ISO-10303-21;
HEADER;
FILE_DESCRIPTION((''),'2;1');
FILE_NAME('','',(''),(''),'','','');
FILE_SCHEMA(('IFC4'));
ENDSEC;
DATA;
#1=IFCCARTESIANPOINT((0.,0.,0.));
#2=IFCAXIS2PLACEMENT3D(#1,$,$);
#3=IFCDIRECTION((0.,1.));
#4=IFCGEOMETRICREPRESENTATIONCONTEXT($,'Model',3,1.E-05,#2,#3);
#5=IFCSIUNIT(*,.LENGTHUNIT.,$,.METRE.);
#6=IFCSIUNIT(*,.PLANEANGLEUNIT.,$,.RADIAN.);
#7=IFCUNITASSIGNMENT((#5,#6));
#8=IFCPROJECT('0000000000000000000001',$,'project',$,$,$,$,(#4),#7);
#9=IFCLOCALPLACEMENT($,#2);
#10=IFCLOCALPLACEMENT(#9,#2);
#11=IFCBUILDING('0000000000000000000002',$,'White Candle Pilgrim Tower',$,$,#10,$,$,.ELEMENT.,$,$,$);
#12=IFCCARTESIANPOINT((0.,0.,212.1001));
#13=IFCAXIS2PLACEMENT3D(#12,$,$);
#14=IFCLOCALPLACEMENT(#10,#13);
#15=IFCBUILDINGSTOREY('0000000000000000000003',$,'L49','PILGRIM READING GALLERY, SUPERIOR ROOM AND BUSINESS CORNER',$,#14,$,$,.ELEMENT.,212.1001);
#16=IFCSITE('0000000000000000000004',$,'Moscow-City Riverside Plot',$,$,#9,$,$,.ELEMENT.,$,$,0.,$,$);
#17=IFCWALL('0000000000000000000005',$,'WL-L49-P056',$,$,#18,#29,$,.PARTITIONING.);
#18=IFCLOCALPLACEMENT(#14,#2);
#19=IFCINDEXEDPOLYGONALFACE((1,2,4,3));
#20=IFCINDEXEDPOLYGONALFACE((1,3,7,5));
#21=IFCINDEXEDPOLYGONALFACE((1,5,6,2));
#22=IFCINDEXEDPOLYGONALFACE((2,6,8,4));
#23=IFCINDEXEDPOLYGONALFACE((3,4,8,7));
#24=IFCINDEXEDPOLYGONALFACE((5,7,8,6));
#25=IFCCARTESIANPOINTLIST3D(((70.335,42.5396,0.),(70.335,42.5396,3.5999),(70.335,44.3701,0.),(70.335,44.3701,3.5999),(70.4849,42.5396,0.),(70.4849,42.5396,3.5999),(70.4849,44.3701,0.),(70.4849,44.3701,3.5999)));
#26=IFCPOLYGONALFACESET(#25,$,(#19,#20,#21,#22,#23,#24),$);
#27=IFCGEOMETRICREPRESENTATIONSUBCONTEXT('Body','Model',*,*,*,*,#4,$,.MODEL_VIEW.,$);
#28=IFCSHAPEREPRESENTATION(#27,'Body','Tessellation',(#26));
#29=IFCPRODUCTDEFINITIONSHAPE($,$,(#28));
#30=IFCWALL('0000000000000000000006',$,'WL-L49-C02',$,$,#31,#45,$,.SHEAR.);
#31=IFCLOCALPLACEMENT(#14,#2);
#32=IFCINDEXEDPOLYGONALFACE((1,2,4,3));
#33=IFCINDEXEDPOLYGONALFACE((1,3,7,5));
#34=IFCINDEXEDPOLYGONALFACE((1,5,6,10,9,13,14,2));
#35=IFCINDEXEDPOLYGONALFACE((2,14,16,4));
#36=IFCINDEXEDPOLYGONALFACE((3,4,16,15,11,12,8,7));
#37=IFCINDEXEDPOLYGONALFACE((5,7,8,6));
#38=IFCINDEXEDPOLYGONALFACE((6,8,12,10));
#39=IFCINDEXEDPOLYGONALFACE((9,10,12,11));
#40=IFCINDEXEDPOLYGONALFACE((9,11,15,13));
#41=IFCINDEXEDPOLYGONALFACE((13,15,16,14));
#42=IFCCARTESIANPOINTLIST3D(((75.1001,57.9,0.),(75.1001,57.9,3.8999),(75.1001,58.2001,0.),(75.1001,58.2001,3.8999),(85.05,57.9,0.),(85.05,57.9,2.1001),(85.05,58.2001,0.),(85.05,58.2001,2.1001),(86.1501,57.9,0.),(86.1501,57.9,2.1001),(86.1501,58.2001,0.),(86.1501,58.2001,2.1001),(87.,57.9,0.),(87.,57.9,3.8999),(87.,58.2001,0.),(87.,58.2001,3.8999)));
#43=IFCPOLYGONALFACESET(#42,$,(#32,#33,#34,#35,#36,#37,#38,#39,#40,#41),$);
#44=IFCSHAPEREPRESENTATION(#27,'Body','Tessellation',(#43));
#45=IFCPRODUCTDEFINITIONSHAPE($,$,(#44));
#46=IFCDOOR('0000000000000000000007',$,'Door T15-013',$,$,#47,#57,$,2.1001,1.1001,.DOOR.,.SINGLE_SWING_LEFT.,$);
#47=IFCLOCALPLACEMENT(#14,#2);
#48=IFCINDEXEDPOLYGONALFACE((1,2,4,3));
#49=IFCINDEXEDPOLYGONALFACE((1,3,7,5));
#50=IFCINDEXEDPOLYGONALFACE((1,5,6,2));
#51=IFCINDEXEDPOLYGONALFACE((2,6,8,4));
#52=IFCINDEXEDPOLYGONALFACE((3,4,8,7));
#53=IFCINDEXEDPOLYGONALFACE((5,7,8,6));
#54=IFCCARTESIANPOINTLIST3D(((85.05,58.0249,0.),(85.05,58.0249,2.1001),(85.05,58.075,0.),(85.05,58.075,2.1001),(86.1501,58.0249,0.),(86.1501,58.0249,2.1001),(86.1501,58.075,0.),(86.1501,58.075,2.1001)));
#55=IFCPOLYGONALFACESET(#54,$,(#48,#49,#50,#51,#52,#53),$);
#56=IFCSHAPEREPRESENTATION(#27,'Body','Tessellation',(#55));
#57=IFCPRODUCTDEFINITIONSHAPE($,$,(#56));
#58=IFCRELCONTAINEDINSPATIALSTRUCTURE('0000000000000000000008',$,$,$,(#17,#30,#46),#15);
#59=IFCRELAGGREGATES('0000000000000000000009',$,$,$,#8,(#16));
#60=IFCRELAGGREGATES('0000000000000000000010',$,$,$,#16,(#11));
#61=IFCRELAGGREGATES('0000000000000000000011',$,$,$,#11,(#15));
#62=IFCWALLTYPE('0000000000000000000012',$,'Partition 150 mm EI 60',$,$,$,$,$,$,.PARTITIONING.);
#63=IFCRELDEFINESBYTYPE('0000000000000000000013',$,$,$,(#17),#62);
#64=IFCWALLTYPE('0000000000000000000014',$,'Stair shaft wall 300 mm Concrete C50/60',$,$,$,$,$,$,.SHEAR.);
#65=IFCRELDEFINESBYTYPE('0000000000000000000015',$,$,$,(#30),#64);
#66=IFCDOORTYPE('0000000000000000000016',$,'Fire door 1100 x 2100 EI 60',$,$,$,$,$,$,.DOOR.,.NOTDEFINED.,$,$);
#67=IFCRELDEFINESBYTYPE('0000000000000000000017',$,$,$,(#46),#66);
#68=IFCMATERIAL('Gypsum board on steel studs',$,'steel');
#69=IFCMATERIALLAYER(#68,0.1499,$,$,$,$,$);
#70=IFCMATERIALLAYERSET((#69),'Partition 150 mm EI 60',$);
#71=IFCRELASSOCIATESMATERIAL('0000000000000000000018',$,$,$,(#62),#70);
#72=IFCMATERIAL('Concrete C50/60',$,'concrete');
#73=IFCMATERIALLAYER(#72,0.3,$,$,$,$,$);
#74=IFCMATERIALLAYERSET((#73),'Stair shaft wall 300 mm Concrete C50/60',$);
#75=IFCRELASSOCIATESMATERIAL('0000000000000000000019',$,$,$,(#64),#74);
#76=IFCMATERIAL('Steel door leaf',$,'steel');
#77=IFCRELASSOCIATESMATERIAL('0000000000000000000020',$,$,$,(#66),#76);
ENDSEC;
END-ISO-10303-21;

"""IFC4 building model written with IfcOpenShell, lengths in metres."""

from ifc_helpers import new_model, si_unit, direction, frame, frame_2d, origin, place, context, subcontext, project, spatial, rectangle, extrude, material, layer, layer_set, type_object, element, fill, save


model = new_model("IFC4")

# Units and contexts
model_context = context("Model", 3, precision=1e-05, world=origin(), true_north=direction((0.0, 1.0)))
body_context = subcontext(model_context, "Body", "Model", "MODEL_VIEW")
ifc_project = project(units=[si_unit("LENGTHUNIT", "METRE"), si_unit("PLANEANGLEUNIT", "RADIAN")], contexts=[model_context])

# Site, building, storey
site_placement = place(None, origin())
site = spatial("IfcSite", under=ifc_project, at=site_placement, Name="Moscow-City Riverside Plot", CompositionType="ELEMENT", RefElevation=0.0)
building_placement = place(site_placement, origin())
building = spatial("IfcBuilding", under=site, at=building_placement, Name="White Candle Pilgrim Tower", CompositionType="ELEMENT")
storey_placement = place(building_placement, frame((0.0, 0.0, 212.1001)))
storey = spatial("IfcBuildingStorey", under=building, at=storey_placement, Name="L49", Description="PILGRIM READING GALLERY, SUPERIOR ROOM AND BUSINESS CORNER", CompositionType="ELEMENT", Elevation=212.1001)

# Shared definitions
ifc_material_1 = material(Name="Concrete C50/60", Category="concrete")

# Shared definitions
ifc_material_2 = material(Name="Gypsum board on steel studs", Category="steel")
ifc_material_3 = material(Name="Steel door leaf", Category="steel")

# Wall
ifc_layer_1 = layer(ifc_material_2, 0.1499)
ifc_layer_set_1 = layer_set([ifc_layer_1], Name="Partition 150 mm EI 60")
wall_type_1 = type_object("IfcWallType", Name="Partition 150 mm EI 60", PredefinedType="PARTITIONING", material=ifc_layer_set_1)
wall_1_placement = place(storey_placement, frame((70.4099, 44.3701, 0.0), z_axis=(0.0, 0.0, 1.0), x_axis=(0.0, -1.0, 0.0)))
element("IfcWall", 1, at=wall_1_placement, inside=storey, type_object=wall_type_1, Name="WL-L49-P056", PredefinedType="PARTITIONING", context=body_context, shape_type="SweptSolid", body=[
    extrude(rectangle(XDim=1.8306, YDim=0.1499, at=frame_2d((0.9153, 0.0))), origin(), (0.0, 0.0, 1.0), 3.5999),
])

# Wall, opening, door
ifc_layer_2 = layer(ifc_material_1, 0.3)
ifc_layer_set_2 = layer_set([ifc_layer_2], Name="Stair shaft wall 300 mm Concrete C50/60")
wall_type_2 = type_object("IfcWallType", Name="Stair shaft wall 300 mm Concrete C50/60", PredefinedType="SHEAR", material=ifc_layer_set_2)
wall_2_placement = place(storey_placement, frame((75.1001, 58.05, 0.0), z_axis=(0.0, 0.0, 1.0), x_axis=(1.0, 0.0, 0.0)))
wall_2 = element("IfcWall", 2, at=wall_2_placement, inside=storey, type_object=wall_type_2, Name="WL-L49-C02", PredefinedType="SHEAR", context=body_context, shape_type="SweptSolid", body=[
    extrude(rectangle(XDim=11.8999, YDim=0.3, at=frame_2d((5.95, 0.0))), origin(), (0.0, 0.0, 1.0), 3.8999),
])
opening_1_placement = place(wall_2_placement, frame((9.95, 0.0, 0.0)))
opening_1 = element("IfcOpeningElement", 3, at=opening_1_placement, cuts=wall_2, PredefinedType="OPENING", context=body_context, shape_type="SweptSolid", body=[
    extrude(rectangle(XDim=1.1001, YDim=2.1001, at=frame_2d((0.55, 1.05))), frame((0.0, 0.1599, 0.0), z_axis=(0.0, -1.0, 0.0), x_axis=(1.0, 0.0, 0.0)), (0.0, 0.0, 1.0), 0.3201),
])
door_type_1 = type_object("IfcDoorType", Name="Fire door 1100 x 2100 EI 60", OperationType="NOTDEFINED", PredefinedType="DOOR", material=ifc_material_3)
door_1_placement = place(opening_1_placement, origin())
door_1 = element("IfcDoor", 4, at=door_1_placement, inside=storey, type_object=door_type_1, Name="Door T15-013", OperationType="SINGLE_SWING_LEFT", OverallHeight=2.1001, OverallWidth=1.1001, PredefinedType="DOOR", context=body_context, shape_type="SweptSolid", body=[
    extrude(rectangle(XDim=1.1001, YDim=2.1001, at=frame_2d((0.55, 1.05))), frame((0.0, 0.0249, 0.0), z_axis=(0.0, -1.0, 0.0), x_axis=(1.0, 0.0, 0.0)), (0.0, 0.0, 1.0), 0.05),
])
fill(opening_1, door_1)

save(model, "model.ifc")
